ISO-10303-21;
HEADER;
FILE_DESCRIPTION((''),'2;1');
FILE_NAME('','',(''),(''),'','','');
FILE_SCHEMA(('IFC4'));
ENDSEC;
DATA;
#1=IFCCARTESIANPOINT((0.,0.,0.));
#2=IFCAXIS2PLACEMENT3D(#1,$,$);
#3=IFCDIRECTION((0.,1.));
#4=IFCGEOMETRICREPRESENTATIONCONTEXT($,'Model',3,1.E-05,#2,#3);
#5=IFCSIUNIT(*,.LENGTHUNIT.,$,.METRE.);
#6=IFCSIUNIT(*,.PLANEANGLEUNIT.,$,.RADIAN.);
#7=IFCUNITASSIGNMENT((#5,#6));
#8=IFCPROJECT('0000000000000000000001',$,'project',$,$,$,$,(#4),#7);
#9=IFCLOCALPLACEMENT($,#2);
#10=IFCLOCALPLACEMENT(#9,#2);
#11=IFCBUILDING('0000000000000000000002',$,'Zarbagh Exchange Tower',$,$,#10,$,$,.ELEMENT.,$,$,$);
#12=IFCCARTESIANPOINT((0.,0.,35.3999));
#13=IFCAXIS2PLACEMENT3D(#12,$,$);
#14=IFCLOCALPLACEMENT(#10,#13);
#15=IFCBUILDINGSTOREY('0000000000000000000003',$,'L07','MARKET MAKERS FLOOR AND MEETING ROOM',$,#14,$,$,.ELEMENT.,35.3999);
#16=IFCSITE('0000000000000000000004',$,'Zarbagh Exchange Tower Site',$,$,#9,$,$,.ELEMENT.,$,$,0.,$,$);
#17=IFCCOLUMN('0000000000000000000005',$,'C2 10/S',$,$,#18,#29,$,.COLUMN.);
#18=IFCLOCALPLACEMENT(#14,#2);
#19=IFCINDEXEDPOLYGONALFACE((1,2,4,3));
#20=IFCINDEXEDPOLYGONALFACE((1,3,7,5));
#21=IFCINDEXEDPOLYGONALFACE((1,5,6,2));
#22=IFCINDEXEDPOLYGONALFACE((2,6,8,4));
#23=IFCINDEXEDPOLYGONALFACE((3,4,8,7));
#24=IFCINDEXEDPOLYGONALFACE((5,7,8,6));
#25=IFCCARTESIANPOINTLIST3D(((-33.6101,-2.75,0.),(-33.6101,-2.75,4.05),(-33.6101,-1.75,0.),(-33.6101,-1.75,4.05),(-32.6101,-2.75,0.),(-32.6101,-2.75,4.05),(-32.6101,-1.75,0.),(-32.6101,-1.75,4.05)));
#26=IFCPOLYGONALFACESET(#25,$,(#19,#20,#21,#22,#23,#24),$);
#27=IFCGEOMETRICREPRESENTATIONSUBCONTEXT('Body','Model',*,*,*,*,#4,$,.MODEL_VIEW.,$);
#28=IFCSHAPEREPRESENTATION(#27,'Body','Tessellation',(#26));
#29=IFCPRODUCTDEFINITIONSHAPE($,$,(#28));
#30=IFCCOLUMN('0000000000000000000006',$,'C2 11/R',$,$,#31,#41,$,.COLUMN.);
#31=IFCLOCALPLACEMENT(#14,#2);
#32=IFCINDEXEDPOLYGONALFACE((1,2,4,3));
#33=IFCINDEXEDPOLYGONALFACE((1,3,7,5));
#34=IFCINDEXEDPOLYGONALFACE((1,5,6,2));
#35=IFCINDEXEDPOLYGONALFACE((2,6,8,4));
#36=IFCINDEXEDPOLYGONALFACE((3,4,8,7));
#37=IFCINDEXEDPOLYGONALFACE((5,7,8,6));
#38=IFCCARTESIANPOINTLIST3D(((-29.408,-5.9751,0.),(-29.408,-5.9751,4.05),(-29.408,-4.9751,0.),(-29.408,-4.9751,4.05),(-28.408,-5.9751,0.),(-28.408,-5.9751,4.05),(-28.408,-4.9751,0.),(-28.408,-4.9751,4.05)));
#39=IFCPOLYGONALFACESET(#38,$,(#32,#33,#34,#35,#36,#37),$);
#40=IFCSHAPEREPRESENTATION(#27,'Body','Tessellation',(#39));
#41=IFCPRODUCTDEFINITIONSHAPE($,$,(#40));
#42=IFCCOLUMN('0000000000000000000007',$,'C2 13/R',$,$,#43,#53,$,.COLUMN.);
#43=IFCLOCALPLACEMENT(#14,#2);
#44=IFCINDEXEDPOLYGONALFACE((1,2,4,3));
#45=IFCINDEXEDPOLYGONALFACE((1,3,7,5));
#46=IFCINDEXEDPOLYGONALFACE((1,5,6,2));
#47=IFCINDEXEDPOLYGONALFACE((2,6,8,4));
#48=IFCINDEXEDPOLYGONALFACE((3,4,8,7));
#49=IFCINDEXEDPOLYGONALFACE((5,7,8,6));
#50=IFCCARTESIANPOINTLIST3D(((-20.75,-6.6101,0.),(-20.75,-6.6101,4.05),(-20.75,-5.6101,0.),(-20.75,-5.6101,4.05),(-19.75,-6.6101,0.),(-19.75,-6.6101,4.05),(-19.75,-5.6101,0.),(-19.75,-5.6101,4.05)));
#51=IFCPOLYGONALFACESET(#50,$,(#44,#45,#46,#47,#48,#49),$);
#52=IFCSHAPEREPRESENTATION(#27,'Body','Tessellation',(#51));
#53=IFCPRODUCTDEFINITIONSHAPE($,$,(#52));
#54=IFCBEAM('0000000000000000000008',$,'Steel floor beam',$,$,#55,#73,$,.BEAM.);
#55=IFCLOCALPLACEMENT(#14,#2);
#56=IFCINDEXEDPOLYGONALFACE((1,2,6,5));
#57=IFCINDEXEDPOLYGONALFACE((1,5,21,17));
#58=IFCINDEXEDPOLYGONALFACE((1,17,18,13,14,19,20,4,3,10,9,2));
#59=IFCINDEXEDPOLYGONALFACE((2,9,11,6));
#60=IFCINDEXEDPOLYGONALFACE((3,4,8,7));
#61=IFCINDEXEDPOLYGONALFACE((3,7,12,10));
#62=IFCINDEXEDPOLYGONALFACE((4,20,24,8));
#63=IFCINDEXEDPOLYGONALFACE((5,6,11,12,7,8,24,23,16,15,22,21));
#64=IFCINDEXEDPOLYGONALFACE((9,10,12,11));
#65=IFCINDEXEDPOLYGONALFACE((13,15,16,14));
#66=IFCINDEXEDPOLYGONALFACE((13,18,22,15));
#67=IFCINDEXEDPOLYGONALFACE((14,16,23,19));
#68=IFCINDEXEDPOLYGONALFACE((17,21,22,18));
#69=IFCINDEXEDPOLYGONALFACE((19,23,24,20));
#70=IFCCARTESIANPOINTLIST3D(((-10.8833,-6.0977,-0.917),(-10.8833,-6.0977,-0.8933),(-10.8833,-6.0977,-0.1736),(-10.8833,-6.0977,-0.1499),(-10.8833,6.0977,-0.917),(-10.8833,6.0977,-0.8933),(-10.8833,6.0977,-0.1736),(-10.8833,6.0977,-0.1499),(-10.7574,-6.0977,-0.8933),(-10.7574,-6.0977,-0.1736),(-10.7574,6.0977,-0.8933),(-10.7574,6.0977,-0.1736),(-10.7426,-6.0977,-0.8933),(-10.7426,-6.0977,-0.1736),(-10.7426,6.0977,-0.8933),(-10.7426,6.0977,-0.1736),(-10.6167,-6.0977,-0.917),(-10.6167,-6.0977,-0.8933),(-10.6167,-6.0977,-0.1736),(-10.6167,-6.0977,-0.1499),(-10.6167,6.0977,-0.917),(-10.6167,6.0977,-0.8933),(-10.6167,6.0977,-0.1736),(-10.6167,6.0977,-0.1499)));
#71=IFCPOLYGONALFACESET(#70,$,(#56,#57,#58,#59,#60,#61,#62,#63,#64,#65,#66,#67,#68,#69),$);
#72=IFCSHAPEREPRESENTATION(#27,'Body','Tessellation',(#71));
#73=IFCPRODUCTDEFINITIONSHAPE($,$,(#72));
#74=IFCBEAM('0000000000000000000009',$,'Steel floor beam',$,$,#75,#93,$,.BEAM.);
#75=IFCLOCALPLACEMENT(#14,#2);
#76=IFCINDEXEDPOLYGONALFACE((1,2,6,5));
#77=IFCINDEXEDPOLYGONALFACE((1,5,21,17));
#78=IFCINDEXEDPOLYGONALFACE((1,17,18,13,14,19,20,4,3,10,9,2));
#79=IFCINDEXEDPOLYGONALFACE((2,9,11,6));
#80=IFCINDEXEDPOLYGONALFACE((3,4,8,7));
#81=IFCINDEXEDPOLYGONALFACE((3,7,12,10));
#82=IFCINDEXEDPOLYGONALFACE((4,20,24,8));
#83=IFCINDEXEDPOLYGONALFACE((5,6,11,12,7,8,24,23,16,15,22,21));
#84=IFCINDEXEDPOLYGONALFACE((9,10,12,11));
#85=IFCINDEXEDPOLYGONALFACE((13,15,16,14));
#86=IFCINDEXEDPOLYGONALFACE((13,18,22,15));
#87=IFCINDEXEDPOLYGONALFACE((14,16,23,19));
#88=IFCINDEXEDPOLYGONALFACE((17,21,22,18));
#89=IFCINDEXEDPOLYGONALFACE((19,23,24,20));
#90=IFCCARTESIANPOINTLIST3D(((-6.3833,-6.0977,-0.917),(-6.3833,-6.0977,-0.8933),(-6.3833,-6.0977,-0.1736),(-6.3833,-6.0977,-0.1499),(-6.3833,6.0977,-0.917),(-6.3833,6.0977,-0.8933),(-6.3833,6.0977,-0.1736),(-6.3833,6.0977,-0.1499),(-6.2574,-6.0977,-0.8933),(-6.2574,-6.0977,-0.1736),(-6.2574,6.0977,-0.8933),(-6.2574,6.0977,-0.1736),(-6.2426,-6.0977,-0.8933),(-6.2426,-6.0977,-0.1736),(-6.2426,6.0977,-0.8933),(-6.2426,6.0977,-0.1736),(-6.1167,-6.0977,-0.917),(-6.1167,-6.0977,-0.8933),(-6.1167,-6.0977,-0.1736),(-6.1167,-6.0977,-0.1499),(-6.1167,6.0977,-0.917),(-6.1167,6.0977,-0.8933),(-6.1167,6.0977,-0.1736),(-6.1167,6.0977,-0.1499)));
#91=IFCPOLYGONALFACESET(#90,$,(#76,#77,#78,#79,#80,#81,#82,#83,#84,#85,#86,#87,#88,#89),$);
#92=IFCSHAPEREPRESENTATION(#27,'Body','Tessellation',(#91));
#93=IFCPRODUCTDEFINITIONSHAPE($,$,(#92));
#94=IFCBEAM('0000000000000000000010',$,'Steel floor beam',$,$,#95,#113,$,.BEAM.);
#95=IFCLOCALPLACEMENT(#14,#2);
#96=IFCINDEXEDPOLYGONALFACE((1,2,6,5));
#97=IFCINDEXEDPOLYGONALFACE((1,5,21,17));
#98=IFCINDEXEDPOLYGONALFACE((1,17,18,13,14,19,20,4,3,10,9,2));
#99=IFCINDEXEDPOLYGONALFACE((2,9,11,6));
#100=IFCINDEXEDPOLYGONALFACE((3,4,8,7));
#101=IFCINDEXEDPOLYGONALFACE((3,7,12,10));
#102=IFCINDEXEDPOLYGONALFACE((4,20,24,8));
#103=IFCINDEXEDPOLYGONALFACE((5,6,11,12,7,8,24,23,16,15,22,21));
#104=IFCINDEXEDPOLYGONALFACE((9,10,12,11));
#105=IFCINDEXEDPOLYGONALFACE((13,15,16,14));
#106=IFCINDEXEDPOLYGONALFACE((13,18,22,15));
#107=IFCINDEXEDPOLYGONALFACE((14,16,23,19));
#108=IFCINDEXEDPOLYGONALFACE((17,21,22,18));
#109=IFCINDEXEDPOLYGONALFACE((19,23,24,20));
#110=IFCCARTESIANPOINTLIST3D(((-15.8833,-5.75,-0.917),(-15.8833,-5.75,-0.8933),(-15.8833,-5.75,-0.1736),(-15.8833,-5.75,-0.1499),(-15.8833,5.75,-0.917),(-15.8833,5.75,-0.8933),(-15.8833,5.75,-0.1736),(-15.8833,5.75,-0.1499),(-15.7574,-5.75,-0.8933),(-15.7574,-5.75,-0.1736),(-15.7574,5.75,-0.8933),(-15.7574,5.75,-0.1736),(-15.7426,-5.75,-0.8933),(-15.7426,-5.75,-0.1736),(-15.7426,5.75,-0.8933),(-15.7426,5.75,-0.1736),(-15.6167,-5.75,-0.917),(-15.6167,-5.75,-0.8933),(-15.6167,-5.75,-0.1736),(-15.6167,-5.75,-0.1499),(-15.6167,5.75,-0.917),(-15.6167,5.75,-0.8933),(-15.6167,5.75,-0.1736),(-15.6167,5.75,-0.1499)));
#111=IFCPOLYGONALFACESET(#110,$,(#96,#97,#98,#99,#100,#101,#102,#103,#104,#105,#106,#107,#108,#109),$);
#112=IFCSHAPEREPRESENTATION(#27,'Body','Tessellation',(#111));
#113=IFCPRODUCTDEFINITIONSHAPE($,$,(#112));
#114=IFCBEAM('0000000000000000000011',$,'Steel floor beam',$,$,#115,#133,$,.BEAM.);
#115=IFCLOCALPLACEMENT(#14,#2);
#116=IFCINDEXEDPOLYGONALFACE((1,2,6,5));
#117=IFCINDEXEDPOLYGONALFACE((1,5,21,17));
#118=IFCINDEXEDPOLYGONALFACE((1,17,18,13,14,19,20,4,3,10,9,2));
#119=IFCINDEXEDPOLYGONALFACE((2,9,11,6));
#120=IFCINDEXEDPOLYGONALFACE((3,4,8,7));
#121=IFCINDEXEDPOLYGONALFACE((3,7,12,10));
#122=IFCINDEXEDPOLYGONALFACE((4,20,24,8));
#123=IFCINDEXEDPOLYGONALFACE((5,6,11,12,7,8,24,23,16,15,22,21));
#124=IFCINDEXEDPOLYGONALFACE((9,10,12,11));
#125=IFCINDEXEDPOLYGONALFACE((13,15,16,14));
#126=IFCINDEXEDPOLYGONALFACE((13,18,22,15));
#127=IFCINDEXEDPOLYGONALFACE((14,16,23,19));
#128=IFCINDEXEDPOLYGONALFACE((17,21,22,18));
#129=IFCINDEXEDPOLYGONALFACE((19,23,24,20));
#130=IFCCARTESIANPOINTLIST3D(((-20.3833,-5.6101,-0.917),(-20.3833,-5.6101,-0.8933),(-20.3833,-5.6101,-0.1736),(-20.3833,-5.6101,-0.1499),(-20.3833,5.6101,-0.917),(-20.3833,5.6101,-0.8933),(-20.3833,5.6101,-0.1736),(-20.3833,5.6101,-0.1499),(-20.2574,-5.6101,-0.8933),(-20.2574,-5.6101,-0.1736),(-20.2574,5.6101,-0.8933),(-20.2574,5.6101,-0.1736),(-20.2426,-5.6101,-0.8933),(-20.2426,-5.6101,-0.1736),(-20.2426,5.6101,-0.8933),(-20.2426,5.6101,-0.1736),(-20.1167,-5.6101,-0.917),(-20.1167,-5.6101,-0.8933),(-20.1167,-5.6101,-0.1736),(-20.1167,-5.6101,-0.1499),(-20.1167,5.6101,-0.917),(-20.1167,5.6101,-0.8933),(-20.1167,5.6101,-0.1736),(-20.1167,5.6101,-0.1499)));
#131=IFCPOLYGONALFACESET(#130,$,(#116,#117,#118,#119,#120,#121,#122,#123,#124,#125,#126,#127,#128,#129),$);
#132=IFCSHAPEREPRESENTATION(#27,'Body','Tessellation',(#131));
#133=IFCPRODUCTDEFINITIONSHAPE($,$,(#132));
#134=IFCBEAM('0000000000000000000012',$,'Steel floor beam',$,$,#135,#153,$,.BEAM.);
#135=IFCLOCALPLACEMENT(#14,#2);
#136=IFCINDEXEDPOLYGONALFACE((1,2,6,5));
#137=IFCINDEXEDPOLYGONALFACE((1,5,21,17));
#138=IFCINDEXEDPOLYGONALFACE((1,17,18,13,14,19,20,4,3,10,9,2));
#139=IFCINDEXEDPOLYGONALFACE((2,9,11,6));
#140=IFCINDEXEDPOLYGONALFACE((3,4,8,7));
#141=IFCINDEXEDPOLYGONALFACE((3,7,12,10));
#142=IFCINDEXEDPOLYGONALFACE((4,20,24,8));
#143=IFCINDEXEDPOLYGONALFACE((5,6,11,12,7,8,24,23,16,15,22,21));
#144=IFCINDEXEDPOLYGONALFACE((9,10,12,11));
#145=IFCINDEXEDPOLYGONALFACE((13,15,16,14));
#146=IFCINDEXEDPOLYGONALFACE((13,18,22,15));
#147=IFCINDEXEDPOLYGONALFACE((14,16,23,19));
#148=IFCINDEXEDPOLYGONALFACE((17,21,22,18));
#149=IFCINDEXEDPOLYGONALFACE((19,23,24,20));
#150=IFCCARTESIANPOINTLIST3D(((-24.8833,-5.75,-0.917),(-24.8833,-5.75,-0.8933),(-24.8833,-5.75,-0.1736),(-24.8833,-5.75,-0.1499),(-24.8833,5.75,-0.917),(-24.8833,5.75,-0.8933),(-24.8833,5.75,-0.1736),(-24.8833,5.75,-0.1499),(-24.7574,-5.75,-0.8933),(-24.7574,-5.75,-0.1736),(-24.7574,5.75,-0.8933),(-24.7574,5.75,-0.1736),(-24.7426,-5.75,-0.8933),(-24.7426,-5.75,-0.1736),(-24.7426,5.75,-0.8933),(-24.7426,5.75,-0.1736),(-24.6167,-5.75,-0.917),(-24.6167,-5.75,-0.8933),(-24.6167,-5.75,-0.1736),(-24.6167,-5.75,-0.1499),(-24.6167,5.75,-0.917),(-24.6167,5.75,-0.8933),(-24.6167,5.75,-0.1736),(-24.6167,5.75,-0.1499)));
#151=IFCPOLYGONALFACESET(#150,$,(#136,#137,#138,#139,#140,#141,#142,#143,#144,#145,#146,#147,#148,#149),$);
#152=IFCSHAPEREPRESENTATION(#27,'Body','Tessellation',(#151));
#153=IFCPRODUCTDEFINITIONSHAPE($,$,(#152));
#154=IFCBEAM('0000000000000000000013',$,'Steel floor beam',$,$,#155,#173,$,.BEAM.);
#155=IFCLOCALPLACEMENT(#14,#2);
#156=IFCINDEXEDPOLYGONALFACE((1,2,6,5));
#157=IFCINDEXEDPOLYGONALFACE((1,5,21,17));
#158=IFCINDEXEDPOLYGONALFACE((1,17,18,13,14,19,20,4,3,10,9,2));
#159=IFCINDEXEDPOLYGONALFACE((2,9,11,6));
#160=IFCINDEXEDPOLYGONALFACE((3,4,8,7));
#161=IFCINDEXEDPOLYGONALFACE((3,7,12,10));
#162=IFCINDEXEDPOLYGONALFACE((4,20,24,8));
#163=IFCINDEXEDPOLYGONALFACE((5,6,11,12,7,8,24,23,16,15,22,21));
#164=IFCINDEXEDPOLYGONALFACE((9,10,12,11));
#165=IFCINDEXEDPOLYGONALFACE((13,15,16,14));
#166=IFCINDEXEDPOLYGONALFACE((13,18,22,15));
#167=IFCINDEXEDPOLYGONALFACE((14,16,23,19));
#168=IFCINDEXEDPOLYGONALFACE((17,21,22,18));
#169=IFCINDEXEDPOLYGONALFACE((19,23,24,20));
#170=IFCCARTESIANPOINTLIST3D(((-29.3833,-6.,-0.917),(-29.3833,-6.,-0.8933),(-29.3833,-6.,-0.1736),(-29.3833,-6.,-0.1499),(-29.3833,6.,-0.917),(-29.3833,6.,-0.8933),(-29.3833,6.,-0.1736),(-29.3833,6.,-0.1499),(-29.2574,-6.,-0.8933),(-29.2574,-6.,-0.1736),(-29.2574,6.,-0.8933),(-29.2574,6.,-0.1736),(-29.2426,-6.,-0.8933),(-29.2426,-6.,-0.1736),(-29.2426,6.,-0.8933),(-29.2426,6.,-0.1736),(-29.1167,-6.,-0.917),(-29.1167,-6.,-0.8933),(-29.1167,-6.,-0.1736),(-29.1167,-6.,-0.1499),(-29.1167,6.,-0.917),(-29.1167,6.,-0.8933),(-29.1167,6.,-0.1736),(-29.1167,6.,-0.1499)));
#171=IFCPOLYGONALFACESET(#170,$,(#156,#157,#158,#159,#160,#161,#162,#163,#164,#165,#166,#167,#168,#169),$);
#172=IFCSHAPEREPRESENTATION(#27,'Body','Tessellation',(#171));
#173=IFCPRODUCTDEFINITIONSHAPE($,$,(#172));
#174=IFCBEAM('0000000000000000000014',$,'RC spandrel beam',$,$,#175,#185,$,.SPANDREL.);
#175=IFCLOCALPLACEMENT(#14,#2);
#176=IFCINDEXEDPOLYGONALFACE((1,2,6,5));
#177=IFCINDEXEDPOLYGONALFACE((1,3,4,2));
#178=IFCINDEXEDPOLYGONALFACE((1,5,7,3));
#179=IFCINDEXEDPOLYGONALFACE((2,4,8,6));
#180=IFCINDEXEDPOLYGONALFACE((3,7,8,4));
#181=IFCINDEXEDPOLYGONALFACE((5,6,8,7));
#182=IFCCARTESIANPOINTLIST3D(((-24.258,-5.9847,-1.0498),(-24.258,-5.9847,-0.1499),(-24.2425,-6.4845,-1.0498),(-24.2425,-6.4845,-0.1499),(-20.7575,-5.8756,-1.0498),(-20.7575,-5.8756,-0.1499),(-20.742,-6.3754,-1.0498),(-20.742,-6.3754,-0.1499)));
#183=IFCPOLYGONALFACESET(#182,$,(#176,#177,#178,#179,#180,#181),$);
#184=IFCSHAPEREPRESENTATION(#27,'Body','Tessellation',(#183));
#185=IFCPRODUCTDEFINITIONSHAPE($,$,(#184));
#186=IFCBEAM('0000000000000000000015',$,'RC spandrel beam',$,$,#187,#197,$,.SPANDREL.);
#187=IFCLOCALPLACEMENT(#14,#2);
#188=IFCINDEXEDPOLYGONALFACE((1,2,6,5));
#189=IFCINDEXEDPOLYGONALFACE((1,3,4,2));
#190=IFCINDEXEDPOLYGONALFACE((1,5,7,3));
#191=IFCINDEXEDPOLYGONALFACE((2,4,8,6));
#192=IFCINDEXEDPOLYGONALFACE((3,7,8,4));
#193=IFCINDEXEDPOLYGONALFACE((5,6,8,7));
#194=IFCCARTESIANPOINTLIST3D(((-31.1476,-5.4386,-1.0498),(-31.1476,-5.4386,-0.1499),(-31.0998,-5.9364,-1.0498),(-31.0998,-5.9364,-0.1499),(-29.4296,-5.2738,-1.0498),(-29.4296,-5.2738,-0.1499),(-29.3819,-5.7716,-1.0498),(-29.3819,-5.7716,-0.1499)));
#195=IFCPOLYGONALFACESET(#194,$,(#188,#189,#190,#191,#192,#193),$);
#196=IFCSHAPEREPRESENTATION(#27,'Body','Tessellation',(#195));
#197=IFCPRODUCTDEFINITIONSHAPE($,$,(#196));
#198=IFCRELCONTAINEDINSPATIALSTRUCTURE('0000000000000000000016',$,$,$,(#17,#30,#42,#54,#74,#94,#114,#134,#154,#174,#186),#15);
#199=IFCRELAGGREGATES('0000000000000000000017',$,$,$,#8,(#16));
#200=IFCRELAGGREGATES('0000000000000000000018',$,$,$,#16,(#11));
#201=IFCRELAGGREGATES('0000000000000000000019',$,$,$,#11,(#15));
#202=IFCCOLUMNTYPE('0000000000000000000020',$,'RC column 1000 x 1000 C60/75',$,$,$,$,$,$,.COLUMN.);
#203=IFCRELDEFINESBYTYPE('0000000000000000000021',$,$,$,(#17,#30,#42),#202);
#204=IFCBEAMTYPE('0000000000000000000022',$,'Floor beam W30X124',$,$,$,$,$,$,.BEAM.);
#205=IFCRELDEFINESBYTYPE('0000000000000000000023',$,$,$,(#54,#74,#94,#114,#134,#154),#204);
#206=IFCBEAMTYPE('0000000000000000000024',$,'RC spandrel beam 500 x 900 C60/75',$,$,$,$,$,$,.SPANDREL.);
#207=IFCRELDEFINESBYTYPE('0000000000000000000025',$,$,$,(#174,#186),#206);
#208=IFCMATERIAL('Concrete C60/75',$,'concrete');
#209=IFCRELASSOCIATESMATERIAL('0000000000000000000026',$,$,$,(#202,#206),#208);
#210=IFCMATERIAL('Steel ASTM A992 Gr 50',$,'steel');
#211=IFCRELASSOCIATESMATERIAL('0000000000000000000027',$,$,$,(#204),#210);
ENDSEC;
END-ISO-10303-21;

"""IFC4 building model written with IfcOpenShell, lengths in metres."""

from ifc_helpers import new_model, si_unit, direction, frame, origin, origin_2d, place, context, subcontext, project, spatial, rectangle, i_section, extrude, material, material_profile, profile_set, type_object, element, save


model = new_model("IFC4")

# Units and contexts
model_context = context("Model", 3, precision=1e-05, world=origin(), true_north=direction((0.0, 1.0)))
body_context = subcontext(model_context, "Body", "Model", "MODEL_VIEW")
ifc_project = project(units=[si_unit("LENGTHUNIT", "METRE"), si_unit("PLANEANGLEUNIT", "RADIAN")], contexts=[model_context])

# Site, building, storey
site_placement = place(None, origin())
site = spatial("IfcSite", under=ifc_project, at=site_placement, Name="Zarbagh Exchange Tower Site", CompositionType="ELEMENT", RefElevation=0.0)
building_placement = place(site_placement, origin())
building = spatial("IfcBuilding", under=site, at=building_placement, Name="Zarbagh Exchange Tower", CompositionType="ELEMENT")
storey_placement = place(building_placement, frame((0.0, 0.0, 35.3999)))
storey = spatial("IfcBuildingStorey", under=building, at=storey_placement, Name="L07", Description="MARKET MAKERS FLOOR AND MEETING ROOM", CompositionType="ELEMENT", Elevation=35.3999)

# Columns
ifc_material_1 = material(Name="Concrete C60/75", Category="concrete")
ifc_material_profile_1 = material_profile(ifc_material_1, rectangle(XDim=1.0, YDim=1.0, at=origin_2d()), Name="RC column 1000 x 1000 C60/75")
ifc_profile_set_1 = profile_set([ifc_material_profile_1], Name="Concrete C60/75")
column_type = type_object("IfcColumnType", Name="RC column 1000 x 1000 C60/75", PredefinedType="COLUMN", material=ifc_profile_set_1)
for number, where, z_axis, x_axis, name in (
    (1, (-33.1101, -2.25, 0.0), (0.0, 0.0, 1.0), (1.0, 0.0, 0.0), "C2 10/S"),
    (2, (-28.908, -5.4751, 0.0), (0.0, 0.0, 1.0), (1.0, 0.0, 0.0), "C2 11/R"),
    (3, (-20.25, -6.1101, 0.0), (0.0, 0.0, 1.0), (1.0, 0.0, 0.0), "C2 13/R"),
):
    element("IfcColumn", number, at=place(storey_placement, frame(where, z_axis=z_axis, x_axis=x_axis)), inside=storey, type_object=column_type, Name=name, PredefinedType="COLUMN", context=body_context, shape_type="SweptSolid", body=[
        extrude(rectangle(XDim=1.0, YDim=1.0, at=origin_2d()), origin(), (0.0, 0.0, 1.0), 4.05),
    ])

# Beams
ifc_material_2 = material(Name="Steel ASTM A992 Gr 50", Category="steel")
ifc_material_profile_2 = material_profile(ifc_material_2, i_section(OverallWidth=0.2666, OverallDepth=0.7671, WebThickness=0.0149, FlangeThickness=0.0237, at=origin_2d()), Name="W30X124")
ifc_profile_set_2 = profile_set([ifc_material_profile_2], Name="Steel ASTM A992 Gr 50")
beam_type_1 = type_object("IfcBeamType", Name="Floor beam W30X124", PredefinedType="BEAM", material=ifc_profile_set_2)
for number, where, z_axis, x_axis, name in (
    (4, (-10.75, -6.0977, -0.5334), (0.0, 1.0, 0.0), (-1.0, 0.0, 0.0), "Steel floor beam"),
    (5, (-6.25, -6.0977, -0.5334), (0.0, 1.0, 0.0), (-1.0, 0.0, 0.0), "Steel floor beam"),
):
    element("IfcBeam", number, at=place(storey_placement, frame(where, z_axis=z_axis, x_axis=x_axis)), inside=storey, type_object=beam_type_1, Name=name, PredefinedType="BEAM", context=body_context, shape_type="SweptSolid", body=[
        extrude(i_section(OverallWidth=0.2666, OverallDepth=0.7671, WebThickness=0.0149, FlangeThickness=0.0237, at=origin_2d()), origin(), (0.0, 0.0, 1.0), 12.1953),
    ])
beam_1_placement = place(storey_placement, frame((-15.75, -5.75, -0.5334), z_axis=(0.0, 1.0, 0.0), x_axis=(-1.0, 0.0, 0.0)))
element("IfcBeam", 6, at=beam_1_placement, inside=storey, type_object=beam_type_1, Name="Steel floor beam", PredefinedType="BEAM", context=body_context, shape_type="SweptSolid", body=[
    extrude(i_section(OverallWidth=0.2666, OverallDepth=0.7671, WebThickness=0.0149, FlangeThickness=0.0237, at=origin_2d()), origin(), (0.0, 0.0, 1.0), 11.5),
])
beam_2_placement = place(storey_placement, frame((-20.25, -5.6101, -0.5334), z_axis=(0.0, 1.0, 0.0), x_axis=(-1.0, 0.0, 0.0)))
element("IfcBeam", 7, at=beam_2_placement, inside=storey, type_object=beam_type_1, Name="Steel floor beam", PredefinedType="BEAM", context=body_context, shape_type="SweptSolid", body=[
    extrude(i_section(OverallWidth=0.2666, OverallDepth=0.7671, WebThickness=0.0149, FlangeThickness=0.0237, at=origin_2d()), origin(), (0.0, 0.0, 1.0), 11.2202),
])
beam_3_placement = place(storey_placement, frame((-24.75, -5.75, -0.5334), z_axis=(0.0, 1.0, 0.0), x_axis=(-1.0, 0.0, 0.0)))
element("IfcBeam", 8, at=beam_3_placement, inside=storey, type_object=beam_type_1, Name="Steel floor beam", PredefinedType="BEAM", context=body_context, shape_type="SweptSolid", body=[
    extrude(i_section(OverallWidth=0.2666, OverallDepth=0.7671, WebThickness=0.0149, FlangeThickness=0.0237, at=origin_2d()), origin(), (0.0, 0.0, 1.0), 11.5),
])
beam_4_placement = place(storey_placement, frame((-29.25, -6.0, -0.5334), z_axis=(0.0, 1.0, 0.0), x_axis=(-1.0, 0.0, 0.0)))
element("IfcBeam", 9, at=beam_4_placement, inside=storey, type_object=beam_type_1, Name="Steel floor beam", PredefinedType="BEAM", context=body_context, shape_type="SweptSolid", body=[
    extrude(i_section(OverallWidth=0.2666, OverallDepth=0.7671, WebThickness=0.0149, FlangeThickness=0.0237, at=origin_2d()), origin(), (0.0, 0.0, 1.0), 12.0),
])
ifc_material_profile_3 = material_profile(ifc_material_1, rectangle(XDim=0.5, YDim=0.8999, at=origin_2d()), Name="RC spandrel beam 500 x 900 C60/75")
ifc_profile_set_3 = profile_set([ifc_material_profile_3], Name="Concrete C60/75")
beam_type_2 = type_object("IfcBeamType", Name="RC spandrel beam 500 x 900 C60/75", PredefinedType="SPANDREL", material=ifc_profile_set_3)
beam_5_placement = place(storey_placement, frame((-20.7498, -6.1255, -0.5999), z_axis=(-0.999514, -0.031161, 0.0), x_axis=(0.031161, -0.999514, 0.0)))
element("IfcBeam", 10, at=beam_5_placement, inside=storey, type_object=beam_type_2, Name="RC spandrel beam", PredefinedType="SPANDREL", context=body_context, shape_type="SweptSolid", body=[
    extrude(rectangle(XDim=0.5, YDim=0.8999, at=origin_2d()), origin(), (0.0, 0.0, 1.0), 3.5022),
])
beam_6_placement = place(storey_placement, frame((-29.4058, -5.5227, -0.5999), z_axis=(-0.995431, -0.095483, 0.0), x_axis=(0.095483, -0.995431, 0.0)))
element("IfcBeam", 11, at=beam_6_placement, inside=storey, type_object=beam_type_2, Name="RC spandrel beam", PredefinedType="SPANDREL", context=body_context, shape_type="SweptSolid", body=[
    extrude(rectangle(XDim=0.5, YDim=0.8999, at=origin_2d()), origin(), (0.0, 0.0, 1.0), 1.7258),
])

save(model, "model.ifc")
